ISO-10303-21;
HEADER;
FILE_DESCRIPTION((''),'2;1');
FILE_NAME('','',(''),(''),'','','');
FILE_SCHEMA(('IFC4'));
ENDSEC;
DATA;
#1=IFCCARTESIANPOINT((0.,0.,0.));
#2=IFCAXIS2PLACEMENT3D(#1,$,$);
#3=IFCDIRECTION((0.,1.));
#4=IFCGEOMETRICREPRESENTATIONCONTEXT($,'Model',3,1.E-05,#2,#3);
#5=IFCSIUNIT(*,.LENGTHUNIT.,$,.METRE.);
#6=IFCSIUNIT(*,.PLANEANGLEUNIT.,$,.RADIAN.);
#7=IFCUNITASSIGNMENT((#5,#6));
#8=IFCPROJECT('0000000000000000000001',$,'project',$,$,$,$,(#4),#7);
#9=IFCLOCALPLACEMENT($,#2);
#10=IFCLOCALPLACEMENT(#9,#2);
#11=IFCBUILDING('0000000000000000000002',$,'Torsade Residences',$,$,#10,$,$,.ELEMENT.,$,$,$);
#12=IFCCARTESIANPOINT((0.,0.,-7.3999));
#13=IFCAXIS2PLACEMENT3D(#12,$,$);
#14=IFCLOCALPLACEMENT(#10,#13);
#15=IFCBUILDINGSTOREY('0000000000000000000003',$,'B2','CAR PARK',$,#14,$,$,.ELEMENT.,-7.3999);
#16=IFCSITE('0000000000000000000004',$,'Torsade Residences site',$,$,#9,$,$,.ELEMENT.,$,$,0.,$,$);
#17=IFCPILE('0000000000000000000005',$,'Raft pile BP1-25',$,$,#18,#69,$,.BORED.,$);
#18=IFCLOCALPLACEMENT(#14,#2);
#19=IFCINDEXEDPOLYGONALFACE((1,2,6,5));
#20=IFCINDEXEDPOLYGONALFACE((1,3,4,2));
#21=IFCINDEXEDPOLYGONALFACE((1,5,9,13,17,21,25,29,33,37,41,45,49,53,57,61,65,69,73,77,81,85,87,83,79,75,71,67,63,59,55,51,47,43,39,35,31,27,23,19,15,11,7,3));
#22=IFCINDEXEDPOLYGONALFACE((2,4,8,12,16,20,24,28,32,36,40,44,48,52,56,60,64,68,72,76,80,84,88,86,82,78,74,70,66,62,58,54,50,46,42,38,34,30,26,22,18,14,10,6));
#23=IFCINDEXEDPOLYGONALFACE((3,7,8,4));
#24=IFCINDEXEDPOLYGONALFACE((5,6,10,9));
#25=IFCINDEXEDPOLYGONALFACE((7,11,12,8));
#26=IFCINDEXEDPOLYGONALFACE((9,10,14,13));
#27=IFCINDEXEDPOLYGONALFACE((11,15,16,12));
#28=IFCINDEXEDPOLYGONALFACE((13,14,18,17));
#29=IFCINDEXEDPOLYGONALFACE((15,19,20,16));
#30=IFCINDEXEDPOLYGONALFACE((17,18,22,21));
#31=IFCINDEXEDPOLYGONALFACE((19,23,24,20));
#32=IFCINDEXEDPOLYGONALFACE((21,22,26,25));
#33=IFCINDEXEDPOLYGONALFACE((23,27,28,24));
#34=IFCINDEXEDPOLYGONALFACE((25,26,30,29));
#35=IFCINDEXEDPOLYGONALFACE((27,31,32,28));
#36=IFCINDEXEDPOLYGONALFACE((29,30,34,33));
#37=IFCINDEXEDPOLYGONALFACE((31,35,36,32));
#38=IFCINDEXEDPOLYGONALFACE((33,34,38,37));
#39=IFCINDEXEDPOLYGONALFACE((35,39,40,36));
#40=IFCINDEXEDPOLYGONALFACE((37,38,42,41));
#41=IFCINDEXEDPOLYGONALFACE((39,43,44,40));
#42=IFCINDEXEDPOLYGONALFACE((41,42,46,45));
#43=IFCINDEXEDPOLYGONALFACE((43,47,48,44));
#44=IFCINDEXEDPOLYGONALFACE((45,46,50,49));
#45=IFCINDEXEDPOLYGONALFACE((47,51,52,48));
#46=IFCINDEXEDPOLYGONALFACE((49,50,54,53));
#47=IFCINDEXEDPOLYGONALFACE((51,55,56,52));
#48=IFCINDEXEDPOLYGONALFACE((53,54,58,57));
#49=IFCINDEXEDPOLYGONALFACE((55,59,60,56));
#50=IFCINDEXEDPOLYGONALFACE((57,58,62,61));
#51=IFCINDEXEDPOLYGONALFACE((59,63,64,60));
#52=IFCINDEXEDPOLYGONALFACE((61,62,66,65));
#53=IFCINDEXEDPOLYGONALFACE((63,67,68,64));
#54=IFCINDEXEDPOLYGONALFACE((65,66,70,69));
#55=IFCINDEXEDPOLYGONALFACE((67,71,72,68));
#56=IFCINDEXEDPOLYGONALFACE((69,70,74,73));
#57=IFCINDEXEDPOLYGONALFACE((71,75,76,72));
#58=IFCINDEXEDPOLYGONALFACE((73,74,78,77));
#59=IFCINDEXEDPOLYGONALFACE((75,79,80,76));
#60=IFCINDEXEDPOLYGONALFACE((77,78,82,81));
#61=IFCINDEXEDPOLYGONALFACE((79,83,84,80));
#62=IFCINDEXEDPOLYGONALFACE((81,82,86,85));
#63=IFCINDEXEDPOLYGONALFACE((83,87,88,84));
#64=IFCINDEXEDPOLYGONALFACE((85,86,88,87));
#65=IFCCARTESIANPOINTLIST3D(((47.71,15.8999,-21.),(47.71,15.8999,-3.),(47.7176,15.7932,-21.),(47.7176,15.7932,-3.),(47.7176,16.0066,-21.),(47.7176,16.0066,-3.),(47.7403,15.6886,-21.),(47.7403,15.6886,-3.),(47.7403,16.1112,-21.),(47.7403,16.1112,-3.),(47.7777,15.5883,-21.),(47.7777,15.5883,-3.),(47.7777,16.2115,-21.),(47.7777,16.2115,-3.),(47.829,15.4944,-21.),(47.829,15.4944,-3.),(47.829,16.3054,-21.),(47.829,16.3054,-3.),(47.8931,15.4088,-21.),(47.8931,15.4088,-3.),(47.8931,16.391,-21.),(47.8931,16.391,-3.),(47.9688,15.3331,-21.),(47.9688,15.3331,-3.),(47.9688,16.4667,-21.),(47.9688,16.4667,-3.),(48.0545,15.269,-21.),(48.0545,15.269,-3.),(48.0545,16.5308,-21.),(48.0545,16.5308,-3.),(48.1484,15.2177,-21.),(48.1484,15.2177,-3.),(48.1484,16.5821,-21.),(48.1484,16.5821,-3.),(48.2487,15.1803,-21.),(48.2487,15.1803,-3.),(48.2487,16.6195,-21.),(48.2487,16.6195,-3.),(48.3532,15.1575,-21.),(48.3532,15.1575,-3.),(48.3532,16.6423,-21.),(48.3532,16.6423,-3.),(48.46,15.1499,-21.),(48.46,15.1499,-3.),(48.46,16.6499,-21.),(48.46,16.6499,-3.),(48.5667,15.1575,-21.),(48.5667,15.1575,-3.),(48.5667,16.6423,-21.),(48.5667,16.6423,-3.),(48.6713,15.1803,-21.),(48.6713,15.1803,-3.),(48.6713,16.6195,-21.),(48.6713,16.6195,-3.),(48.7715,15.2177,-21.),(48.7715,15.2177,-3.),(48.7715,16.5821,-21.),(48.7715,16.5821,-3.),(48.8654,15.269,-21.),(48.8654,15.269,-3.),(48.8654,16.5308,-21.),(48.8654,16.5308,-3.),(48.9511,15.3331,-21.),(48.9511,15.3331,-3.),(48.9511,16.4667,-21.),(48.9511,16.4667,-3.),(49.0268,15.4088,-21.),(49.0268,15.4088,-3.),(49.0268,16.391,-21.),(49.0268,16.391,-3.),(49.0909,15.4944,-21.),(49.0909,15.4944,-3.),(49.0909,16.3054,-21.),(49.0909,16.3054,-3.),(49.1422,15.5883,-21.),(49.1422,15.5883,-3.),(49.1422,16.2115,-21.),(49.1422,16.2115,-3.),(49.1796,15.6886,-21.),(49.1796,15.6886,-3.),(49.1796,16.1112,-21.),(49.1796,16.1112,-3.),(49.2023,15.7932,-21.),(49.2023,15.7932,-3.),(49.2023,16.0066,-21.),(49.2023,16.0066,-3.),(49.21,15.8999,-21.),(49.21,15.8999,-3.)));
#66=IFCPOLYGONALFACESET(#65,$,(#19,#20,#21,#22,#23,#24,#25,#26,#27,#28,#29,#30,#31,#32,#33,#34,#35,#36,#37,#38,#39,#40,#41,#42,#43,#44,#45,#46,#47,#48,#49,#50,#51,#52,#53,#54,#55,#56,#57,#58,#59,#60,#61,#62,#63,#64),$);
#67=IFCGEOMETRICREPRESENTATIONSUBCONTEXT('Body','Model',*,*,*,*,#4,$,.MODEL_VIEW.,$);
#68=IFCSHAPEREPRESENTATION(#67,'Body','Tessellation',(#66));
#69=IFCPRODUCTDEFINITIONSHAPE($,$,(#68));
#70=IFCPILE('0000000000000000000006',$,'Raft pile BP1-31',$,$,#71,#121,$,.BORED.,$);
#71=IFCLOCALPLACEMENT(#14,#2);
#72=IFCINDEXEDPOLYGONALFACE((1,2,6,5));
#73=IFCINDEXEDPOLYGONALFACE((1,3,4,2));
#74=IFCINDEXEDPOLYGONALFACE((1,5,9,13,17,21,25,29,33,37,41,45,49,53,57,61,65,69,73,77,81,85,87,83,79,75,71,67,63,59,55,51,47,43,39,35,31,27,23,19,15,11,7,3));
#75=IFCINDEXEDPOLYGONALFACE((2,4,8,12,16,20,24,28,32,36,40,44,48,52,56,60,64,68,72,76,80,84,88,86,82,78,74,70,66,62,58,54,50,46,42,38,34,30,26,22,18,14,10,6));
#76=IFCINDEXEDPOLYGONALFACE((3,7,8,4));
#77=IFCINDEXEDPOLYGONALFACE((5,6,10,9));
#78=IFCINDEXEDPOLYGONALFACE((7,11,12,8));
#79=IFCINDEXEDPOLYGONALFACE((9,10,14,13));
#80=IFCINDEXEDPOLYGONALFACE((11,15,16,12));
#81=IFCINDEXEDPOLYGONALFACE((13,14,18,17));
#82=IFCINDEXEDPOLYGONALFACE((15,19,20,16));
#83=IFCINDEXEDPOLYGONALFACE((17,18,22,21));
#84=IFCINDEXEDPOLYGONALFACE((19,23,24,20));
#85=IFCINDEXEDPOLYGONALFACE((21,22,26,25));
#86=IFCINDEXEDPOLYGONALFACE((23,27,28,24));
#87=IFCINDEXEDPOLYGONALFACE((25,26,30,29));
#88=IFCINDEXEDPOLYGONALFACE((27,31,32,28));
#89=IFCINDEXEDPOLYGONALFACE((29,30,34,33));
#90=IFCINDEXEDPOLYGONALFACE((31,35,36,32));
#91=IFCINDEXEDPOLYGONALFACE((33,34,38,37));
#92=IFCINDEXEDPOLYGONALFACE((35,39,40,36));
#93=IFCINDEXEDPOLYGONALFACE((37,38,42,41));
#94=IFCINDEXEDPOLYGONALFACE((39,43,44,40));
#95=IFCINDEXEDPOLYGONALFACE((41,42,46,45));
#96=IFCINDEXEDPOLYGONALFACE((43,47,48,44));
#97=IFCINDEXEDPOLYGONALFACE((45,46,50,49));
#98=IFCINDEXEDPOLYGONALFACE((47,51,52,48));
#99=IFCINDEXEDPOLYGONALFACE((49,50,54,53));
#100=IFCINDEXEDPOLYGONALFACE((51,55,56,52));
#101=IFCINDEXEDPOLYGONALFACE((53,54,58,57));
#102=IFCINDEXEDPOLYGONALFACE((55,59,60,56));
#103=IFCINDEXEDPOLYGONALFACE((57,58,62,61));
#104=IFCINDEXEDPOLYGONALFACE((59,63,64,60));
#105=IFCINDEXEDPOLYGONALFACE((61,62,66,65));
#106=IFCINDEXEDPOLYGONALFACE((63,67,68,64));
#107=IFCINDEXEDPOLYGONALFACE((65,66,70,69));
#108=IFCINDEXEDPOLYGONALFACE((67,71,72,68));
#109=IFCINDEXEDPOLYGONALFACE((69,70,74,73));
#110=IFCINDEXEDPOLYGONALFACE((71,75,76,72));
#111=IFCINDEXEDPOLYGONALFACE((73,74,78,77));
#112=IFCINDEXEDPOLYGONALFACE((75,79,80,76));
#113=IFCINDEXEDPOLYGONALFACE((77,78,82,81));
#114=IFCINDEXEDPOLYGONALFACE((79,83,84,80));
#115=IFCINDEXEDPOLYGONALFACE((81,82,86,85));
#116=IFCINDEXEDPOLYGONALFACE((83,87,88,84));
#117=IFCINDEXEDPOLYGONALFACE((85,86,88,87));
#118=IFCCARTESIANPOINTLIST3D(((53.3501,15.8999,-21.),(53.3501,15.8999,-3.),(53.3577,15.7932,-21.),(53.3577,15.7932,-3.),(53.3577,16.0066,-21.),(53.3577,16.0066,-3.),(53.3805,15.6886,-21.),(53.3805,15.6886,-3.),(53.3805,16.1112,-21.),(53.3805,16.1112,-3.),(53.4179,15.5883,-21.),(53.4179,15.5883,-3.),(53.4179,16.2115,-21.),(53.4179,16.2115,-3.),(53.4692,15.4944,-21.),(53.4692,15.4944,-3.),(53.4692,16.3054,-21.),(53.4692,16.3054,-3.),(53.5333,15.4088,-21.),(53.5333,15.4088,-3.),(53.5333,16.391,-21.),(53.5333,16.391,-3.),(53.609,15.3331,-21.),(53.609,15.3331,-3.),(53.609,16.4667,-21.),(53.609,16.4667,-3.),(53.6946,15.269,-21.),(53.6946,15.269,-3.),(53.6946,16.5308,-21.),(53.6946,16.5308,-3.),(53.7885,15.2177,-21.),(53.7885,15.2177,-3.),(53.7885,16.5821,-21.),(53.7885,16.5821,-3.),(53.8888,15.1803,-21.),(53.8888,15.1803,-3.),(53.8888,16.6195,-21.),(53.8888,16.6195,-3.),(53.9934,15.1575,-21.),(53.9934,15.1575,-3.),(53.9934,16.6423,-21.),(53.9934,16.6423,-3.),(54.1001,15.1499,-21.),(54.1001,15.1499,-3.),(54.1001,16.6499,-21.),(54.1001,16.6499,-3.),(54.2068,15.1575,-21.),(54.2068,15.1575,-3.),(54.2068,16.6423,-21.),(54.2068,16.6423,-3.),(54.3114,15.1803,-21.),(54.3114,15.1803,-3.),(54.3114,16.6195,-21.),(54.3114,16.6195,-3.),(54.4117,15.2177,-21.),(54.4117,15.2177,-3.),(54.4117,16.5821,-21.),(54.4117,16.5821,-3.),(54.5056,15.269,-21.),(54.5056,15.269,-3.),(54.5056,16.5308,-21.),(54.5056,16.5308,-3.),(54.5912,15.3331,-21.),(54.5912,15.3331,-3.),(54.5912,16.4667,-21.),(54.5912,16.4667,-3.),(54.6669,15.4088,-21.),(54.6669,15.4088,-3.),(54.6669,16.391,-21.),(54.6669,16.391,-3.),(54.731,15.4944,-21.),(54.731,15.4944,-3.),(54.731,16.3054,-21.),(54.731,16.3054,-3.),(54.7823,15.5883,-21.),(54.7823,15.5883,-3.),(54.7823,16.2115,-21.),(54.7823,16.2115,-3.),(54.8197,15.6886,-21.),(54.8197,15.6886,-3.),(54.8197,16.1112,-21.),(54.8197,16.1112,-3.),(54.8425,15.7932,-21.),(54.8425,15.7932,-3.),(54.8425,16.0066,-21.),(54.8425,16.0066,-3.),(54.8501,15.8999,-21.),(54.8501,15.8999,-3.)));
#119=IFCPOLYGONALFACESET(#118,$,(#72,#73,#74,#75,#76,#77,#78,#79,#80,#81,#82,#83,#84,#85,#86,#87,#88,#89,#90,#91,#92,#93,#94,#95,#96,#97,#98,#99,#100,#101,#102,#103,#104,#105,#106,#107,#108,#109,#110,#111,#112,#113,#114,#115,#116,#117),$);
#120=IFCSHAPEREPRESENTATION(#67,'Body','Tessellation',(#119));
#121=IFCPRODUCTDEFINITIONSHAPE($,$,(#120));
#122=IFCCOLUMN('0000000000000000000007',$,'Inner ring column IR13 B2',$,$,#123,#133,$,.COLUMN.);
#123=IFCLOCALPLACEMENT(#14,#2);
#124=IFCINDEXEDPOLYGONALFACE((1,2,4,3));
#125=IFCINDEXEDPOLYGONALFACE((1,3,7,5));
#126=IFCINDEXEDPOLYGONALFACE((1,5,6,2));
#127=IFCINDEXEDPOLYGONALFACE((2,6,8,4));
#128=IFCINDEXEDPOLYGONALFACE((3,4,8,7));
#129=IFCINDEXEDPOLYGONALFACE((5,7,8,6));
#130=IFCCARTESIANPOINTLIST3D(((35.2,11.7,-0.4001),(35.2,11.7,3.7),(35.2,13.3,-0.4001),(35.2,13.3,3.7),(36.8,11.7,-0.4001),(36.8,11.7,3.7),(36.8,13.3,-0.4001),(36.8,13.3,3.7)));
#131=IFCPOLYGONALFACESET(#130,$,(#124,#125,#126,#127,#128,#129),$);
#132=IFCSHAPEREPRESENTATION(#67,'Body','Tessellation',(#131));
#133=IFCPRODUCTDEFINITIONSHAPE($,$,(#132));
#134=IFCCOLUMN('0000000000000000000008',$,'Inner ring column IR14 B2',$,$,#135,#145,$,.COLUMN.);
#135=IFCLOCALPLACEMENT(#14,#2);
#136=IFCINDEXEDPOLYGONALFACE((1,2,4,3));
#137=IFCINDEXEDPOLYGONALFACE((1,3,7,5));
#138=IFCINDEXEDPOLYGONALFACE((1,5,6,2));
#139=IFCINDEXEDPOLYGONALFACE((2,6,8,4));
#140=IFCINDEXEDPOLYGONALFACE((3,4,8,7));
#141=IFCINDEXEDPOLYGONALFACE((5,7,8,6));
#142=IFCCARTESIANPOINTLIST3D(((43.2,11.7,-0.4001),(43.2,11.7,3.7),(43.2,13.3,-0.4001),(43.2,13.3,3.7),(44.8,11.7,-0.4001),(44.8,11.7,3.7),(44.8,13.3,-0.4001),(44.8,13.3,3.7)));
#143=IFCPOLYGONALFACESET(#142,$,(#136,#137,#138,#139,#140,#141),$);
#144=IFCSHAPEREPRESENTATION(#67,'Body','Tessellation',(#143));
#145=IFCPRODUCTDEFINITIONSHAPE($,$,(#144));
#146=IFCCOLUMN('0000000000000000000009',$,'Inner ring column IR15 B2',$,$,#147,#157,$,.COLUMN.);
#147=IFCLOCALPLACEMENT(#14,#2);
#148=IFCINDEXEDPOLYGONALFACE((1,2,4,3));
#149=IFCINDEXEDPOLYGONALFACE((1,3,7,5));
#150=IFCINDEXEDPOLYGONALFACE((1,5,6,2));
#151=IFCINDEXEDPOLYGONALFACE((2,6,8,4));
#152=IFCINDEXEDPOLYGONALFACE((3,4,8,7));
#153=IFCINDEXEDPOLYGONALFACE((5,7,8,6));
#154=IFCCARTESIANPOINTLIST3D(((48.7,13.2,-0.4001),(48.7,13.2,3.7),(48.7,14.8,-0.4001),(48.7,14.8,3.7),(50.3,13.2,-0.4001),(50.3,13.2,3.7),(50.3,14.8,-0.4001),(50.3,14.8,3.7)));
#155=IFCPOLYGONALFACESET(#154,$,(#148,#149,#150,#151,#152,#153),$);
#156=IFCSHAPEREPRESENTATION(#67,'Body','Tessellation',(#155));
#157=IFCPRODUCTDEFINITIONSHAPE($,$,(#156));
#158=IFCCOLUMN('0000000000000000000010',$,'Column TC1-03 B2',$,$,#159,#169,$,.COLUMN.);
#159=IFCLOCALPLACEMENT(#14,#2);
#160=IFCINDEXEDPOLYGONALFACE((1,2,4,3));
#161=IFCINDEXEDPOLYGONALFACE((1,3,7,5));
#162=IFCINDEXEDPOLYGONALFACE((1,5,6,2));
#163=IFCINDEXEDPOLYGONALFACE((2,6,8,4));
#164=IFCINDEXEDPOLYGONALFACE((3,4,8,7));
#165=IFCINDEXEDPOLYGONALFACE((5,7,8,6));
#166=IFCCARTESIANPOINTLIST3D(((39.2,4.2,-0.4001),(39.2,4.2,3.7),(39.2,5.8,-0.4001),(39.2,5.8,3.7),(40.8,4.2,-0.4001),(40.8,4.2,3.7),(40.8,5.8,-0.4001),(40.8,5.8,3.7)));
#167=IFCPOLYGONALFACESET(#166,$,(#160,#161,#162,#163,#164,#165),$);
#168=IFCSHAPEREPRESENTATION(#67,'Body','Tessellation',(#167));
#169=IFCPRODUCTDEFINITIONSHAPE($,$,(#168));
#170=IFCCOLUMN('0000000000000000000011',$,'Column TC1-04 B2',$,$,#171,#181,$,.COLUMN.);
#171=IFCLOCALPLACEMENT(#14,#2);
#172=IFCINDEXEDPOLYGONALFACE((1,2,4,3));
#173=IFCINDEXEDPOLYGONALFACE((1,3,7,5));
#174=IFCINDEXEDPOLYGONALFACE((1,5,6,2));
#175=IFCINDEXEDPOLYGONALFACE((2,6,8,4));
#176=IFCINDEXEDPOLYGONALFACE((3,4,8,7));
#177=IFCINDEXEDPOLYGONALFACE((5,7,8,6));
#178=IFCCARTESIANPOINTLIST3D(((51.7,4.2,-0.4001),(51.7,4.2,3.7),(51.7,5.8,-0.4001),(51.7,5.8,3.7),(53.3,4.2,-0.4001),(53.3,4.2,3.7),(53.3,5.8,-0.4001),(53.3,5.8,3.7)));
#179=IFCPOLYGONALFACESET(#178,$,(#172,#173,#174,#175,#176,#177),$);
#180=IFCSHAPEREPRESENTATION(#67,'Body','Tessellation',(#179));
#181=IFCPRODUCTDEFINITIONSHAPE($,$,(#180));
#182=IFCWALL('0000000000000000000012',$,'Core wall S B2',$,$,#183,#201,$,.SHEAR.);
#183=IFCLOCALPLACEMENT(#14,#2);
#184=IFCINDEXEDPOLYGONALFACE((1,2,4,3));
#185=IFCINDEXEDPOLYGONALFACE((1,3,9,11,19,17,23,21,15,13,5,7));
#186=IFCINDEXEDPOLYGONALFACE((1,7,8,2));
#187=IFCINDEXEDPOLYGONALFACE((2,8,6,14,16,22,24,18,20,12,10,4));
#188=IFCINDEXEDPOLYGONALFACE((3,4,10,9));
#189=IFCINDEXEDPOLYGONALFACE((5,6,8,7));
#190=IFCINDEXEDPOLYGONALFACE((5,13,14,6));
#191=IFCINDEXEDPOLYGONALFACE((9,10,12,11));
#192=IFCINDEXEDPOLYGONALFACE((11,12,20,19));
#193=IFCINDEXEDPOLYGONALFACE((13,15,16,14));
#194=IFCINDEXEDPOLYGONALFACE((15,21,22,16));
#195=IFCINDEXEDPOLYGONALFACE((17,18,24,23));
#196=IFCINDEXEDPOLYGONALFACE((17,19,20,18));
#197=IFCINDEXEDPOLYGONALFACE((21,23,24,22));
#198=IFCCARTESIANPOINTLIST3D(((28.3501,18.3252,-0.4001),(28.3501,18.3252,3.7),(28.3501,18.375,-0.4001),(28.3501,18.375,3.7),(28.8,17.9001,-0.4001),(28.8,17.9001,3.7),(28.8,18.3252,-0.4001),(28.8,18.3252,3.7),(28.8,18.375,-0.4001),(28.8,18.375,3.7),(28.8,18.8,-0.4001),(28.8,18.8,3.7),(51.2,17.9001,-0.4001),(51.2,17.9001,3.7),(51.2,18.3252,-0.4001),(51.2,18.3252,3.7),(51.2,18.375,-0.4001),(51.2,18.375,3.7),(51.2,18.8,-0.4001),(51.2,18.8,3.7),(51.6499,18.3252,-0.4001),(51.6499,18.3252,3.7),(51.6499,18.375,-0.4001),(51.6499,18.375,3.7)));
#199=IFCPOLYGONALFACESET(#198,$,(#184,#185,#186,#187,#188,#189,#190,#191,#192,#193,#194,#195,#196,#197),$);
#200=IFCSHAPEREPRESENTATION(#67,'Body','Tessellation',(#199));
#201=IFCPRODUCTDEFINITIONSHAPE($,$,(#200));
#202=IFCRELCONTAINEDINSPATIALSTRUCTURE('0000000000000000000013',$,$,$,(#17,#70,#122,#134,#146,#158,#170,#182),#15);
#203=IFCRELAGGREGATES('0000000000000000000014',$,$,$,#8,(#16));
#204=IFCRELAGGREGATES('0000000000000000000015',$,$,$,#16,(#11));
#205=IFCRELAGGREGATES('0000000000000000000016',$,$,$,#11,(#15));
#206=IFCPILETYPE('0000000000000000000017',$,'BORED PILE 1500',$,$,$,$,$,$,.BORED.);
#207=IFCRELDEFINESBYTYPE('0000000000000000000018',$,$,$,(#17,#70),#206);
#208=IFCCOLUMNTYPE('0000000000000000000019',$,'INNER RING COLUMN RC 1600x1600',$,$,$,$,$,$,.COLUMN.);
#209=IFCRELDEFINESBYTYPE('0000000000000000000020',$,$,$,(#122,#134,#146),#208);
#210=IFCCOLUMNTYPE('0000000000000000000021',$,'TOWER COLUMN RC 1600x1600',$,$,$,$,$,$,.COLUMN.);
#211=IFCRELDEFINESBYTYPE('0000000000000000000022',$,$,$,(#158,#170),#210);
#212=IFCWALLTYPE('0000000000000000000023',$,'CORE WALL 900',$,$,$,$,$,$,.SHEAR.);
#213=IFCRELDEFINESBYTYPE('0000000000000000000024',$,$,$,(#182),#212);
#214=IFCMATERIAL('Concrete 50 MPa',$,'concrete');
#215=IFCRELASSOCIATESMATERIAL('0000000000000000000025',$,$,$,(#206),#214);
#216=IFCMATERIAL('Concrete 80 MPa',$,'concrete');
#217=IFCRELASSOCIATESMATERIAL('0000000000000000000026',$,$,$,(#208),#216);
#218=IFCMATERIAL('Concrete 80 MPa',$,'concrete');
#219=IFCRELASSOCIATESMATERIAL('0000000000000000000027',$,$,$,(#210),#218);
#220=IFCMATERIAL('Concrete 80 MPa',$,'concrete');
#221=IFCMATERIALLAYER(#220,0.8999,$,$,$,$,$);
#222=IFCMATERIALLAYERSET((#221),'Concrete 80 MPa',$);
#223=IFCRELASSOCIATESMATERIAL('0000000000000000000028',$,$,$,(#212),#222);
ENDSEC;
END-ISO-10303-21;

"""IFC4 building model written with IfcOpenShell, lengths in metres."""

from ifc_helpers import new_model, si_unit, direction, frame, origin, origin_2d, place, context, subcontext, project, spatial, polyline, rectangle, circle, outline, extrude, material, layer, layer_set, material_profile, profile_set, type_object, element, save


model = new_model("IFC4")

# Units and contexts
model_context = context("Model", 3, precision=1e-05, world=origin(), true_north=direction((0.0, 1.0)))
body_context = subcontext(model_context, "Body", "Model", "MODEL_VIEW")
ifc_project = project(units=[si_unit("LENGTHUNIT", "METRE"), si_unit("PLANEANGLEUNIT", "RADIAN")], contexts=[model_context])

# Site, building, storey
site_placement = place(None, origin())
site = spatial("IfcSite", under=ifc_project, at=site_placement, Name="Torsade Residences site", CompositionType="ELEMENT", RefElevation=0.0)
building_placement = place(site_placement, origin())
building = spatial("IfcBuilding", under=site, at=building_placement, Name="Torsade Residences", CompositionType="ELEMENT")
storey_placement = place(building_placement, frame((0.0, 0.0, -7.3999)))
storey = spatial("IfcBuildingStorey", under=building, at=storey_placement, Name="B2", Description="CAR PARK", CompositionType="ELEMENT", Elevation=-7.3999)

# Piles
ifc_material_1 = material(Name="Concrete 50 MPa", Category="concrete")
pile_type_1 = type_object("IfcPileType", Name="BORED PILE 1500", PredefinedType="BORED", material=ifc_material_1)
for number, where, z_axis, x_axis, name in (
    (1, (48.46, 15.8999, -3.0), (0.0, 0.0, -1.0), (1.0, 0.0, 0.0), "Raft pile BP1-25"),
    (2, (54.1001, 15.8999, -3.0), (0.0, 0.0, -1.0), (1.0, 0.0, 0.0), "Raft pile BP1-31"),
):
    element("IfcPile", number, at=place(storey_placement, frame(where, z_axis=z_axis, x_axis=x_axis)), inside=storey, type_object=pile_type_1, Name=name, PredefinedType="BORED", context=body_context, shape_type="SweptSolid", body=[
        extrude(circle(Radius=0.75, at=origin_2d()), origin(), (0.0, 0.0, 1.0), 18.0),
    ])

# Columns
ifc_material_2 = material(Name="Concrete 80 MPa", Category="concrete")
ifc_material_profile_1 = material_profile(ifc_material_2, rectangle(XDim=1.6001, YDim=1.6001, at=origin_2d()), Name="RC 1600x1600")
ifc_profile_set_1 = profile_set([ifc_material_profile_1], Name="Concrete 80 MPa")
column_type_1 = type_object("IfcColumnType", Name="INNER RING COLUMN RC 1600x1600", PredefinedType="COLUMN", material=ifc_profile_set_1)
for number, where, z_axis, x_axis, name in (
    (3, (36.0, 12.5, -0.4001), (0.0, 0.0, 1.0), (1.0, 0.0, 0.0), "Inner ring column IR13 B2"),
    (4, (44.0, 12.5, -0.4001), (0.0, 0.0, 1.0), (1.0, 0.0, 0.0), "Inner ring column IR14 B2"),
    (5, (49.5, 14.0, -0.4001), (0.0, 0.0, 1.0), (1.0, 0.0, 0.0), "Inner ring column IR15 B2"),
):
    element("IfcColumn", number, at=place(storey_placement, frame(where, z_axis=z_axis, x_axis=x_axis)), inside=storey, type_object=column_type_1, Name=name, PredefinedType="COLUMN", context=body_context, shape_type="SweptSolid", body=[
        extrude(rectangle(XDim=1.6001, YDim=1.6001, at=origin_2d()), origin(), (0.0, 0.0, 1.0), 4.1001),
    ])
ifc_material_3 = material(Name="Concrete 80 MPa", Category="concrete")
ifc_material_profile_2 = material_profile(ifc_material_3, rectangle(XDim=1.6001, YDim=1.6001, at=origin_2d()), Name="RC 1600x1600")
ifc_profile_set_2 = profile_set([ifc_material_profile_2], Name="Concrete 80 MPa")
column_type_2 = type_object("IfcColumnType", Name="TOWER COLUMN RC 1600x1600", PredefinedType="COLUMN", material=ifc_profile_set_2)
for number, where, z_axis, x_axis, name in (
    (6, (40.0, 5.0, -0.4001), (0.0, 0.0, 1.0), (1.0, 0.0, 0.0), "Column TC1-03 B2"),
    (7, (52.5, 5.0, -0.4001), (0.0, 0.0, 1.0), (1.0, 0.0, 0.0), "Column TC1-04 B2"),
):
    element("IfcColumn", number, at=place(storey_placement, frame(where, z_axis=z_axis, x_axis=x_axis)), inside=storey, type_object=column_type_2, Name=name, PredefinedType="COLUMN", context=body_context, shape_type="SweptSolid", body=[
        extrude(rectangle(XDim=1.6001, YDim=1.6001, at=origin_2d()), origin(), (0.0, 0.0, 1.0), 4.1001),
    ])

# Wall
ifc_material_4 = material(Name="Concrete 80 MPa", Category="concrete")
ifc_layer = layer(ifc_material_4, 0.8999)
ifc_layer_set = layer_set([ifc_layer], Name="Concrete 80 MPa")
wall_type = type_object("IfcWallType", Name="CORE WALL 900", PredefinedType="SHEAR", material=ifc_layer_set)
wall_placement = place(storey_placement, frame((51.2, 18.3501, -0.4001), z_axis=(0.0, 0.0, 1.0), x_axis=(-1.0, 0.0, 0.0)))
element("IfcWall", 8, at=wall_placement, inside=storey, type_object=wall_type, Name="Core wall S B2", PredefinedType="SHEAR", context=body_context, shape_type="SweptSolid", body=[
    extrude(outline(polyline([(0.0, -0.45), (22.3999, -0.45), (22.3999, -0.0249), (22.8499, -0.0249), (22.8499, 0.0249), (22.3999, 0.0249), (22.3999, 0.45), (0.0, 0.45), (0.0, 0.0249), (-0.45, 0.0249), (-0.45, -0.0249), (0.0, -0.0249), (0.0, -0.45)])), origin(), (0.0, 0.0, 1.0), 4.1001),
])

save(model, "model.ifc")
